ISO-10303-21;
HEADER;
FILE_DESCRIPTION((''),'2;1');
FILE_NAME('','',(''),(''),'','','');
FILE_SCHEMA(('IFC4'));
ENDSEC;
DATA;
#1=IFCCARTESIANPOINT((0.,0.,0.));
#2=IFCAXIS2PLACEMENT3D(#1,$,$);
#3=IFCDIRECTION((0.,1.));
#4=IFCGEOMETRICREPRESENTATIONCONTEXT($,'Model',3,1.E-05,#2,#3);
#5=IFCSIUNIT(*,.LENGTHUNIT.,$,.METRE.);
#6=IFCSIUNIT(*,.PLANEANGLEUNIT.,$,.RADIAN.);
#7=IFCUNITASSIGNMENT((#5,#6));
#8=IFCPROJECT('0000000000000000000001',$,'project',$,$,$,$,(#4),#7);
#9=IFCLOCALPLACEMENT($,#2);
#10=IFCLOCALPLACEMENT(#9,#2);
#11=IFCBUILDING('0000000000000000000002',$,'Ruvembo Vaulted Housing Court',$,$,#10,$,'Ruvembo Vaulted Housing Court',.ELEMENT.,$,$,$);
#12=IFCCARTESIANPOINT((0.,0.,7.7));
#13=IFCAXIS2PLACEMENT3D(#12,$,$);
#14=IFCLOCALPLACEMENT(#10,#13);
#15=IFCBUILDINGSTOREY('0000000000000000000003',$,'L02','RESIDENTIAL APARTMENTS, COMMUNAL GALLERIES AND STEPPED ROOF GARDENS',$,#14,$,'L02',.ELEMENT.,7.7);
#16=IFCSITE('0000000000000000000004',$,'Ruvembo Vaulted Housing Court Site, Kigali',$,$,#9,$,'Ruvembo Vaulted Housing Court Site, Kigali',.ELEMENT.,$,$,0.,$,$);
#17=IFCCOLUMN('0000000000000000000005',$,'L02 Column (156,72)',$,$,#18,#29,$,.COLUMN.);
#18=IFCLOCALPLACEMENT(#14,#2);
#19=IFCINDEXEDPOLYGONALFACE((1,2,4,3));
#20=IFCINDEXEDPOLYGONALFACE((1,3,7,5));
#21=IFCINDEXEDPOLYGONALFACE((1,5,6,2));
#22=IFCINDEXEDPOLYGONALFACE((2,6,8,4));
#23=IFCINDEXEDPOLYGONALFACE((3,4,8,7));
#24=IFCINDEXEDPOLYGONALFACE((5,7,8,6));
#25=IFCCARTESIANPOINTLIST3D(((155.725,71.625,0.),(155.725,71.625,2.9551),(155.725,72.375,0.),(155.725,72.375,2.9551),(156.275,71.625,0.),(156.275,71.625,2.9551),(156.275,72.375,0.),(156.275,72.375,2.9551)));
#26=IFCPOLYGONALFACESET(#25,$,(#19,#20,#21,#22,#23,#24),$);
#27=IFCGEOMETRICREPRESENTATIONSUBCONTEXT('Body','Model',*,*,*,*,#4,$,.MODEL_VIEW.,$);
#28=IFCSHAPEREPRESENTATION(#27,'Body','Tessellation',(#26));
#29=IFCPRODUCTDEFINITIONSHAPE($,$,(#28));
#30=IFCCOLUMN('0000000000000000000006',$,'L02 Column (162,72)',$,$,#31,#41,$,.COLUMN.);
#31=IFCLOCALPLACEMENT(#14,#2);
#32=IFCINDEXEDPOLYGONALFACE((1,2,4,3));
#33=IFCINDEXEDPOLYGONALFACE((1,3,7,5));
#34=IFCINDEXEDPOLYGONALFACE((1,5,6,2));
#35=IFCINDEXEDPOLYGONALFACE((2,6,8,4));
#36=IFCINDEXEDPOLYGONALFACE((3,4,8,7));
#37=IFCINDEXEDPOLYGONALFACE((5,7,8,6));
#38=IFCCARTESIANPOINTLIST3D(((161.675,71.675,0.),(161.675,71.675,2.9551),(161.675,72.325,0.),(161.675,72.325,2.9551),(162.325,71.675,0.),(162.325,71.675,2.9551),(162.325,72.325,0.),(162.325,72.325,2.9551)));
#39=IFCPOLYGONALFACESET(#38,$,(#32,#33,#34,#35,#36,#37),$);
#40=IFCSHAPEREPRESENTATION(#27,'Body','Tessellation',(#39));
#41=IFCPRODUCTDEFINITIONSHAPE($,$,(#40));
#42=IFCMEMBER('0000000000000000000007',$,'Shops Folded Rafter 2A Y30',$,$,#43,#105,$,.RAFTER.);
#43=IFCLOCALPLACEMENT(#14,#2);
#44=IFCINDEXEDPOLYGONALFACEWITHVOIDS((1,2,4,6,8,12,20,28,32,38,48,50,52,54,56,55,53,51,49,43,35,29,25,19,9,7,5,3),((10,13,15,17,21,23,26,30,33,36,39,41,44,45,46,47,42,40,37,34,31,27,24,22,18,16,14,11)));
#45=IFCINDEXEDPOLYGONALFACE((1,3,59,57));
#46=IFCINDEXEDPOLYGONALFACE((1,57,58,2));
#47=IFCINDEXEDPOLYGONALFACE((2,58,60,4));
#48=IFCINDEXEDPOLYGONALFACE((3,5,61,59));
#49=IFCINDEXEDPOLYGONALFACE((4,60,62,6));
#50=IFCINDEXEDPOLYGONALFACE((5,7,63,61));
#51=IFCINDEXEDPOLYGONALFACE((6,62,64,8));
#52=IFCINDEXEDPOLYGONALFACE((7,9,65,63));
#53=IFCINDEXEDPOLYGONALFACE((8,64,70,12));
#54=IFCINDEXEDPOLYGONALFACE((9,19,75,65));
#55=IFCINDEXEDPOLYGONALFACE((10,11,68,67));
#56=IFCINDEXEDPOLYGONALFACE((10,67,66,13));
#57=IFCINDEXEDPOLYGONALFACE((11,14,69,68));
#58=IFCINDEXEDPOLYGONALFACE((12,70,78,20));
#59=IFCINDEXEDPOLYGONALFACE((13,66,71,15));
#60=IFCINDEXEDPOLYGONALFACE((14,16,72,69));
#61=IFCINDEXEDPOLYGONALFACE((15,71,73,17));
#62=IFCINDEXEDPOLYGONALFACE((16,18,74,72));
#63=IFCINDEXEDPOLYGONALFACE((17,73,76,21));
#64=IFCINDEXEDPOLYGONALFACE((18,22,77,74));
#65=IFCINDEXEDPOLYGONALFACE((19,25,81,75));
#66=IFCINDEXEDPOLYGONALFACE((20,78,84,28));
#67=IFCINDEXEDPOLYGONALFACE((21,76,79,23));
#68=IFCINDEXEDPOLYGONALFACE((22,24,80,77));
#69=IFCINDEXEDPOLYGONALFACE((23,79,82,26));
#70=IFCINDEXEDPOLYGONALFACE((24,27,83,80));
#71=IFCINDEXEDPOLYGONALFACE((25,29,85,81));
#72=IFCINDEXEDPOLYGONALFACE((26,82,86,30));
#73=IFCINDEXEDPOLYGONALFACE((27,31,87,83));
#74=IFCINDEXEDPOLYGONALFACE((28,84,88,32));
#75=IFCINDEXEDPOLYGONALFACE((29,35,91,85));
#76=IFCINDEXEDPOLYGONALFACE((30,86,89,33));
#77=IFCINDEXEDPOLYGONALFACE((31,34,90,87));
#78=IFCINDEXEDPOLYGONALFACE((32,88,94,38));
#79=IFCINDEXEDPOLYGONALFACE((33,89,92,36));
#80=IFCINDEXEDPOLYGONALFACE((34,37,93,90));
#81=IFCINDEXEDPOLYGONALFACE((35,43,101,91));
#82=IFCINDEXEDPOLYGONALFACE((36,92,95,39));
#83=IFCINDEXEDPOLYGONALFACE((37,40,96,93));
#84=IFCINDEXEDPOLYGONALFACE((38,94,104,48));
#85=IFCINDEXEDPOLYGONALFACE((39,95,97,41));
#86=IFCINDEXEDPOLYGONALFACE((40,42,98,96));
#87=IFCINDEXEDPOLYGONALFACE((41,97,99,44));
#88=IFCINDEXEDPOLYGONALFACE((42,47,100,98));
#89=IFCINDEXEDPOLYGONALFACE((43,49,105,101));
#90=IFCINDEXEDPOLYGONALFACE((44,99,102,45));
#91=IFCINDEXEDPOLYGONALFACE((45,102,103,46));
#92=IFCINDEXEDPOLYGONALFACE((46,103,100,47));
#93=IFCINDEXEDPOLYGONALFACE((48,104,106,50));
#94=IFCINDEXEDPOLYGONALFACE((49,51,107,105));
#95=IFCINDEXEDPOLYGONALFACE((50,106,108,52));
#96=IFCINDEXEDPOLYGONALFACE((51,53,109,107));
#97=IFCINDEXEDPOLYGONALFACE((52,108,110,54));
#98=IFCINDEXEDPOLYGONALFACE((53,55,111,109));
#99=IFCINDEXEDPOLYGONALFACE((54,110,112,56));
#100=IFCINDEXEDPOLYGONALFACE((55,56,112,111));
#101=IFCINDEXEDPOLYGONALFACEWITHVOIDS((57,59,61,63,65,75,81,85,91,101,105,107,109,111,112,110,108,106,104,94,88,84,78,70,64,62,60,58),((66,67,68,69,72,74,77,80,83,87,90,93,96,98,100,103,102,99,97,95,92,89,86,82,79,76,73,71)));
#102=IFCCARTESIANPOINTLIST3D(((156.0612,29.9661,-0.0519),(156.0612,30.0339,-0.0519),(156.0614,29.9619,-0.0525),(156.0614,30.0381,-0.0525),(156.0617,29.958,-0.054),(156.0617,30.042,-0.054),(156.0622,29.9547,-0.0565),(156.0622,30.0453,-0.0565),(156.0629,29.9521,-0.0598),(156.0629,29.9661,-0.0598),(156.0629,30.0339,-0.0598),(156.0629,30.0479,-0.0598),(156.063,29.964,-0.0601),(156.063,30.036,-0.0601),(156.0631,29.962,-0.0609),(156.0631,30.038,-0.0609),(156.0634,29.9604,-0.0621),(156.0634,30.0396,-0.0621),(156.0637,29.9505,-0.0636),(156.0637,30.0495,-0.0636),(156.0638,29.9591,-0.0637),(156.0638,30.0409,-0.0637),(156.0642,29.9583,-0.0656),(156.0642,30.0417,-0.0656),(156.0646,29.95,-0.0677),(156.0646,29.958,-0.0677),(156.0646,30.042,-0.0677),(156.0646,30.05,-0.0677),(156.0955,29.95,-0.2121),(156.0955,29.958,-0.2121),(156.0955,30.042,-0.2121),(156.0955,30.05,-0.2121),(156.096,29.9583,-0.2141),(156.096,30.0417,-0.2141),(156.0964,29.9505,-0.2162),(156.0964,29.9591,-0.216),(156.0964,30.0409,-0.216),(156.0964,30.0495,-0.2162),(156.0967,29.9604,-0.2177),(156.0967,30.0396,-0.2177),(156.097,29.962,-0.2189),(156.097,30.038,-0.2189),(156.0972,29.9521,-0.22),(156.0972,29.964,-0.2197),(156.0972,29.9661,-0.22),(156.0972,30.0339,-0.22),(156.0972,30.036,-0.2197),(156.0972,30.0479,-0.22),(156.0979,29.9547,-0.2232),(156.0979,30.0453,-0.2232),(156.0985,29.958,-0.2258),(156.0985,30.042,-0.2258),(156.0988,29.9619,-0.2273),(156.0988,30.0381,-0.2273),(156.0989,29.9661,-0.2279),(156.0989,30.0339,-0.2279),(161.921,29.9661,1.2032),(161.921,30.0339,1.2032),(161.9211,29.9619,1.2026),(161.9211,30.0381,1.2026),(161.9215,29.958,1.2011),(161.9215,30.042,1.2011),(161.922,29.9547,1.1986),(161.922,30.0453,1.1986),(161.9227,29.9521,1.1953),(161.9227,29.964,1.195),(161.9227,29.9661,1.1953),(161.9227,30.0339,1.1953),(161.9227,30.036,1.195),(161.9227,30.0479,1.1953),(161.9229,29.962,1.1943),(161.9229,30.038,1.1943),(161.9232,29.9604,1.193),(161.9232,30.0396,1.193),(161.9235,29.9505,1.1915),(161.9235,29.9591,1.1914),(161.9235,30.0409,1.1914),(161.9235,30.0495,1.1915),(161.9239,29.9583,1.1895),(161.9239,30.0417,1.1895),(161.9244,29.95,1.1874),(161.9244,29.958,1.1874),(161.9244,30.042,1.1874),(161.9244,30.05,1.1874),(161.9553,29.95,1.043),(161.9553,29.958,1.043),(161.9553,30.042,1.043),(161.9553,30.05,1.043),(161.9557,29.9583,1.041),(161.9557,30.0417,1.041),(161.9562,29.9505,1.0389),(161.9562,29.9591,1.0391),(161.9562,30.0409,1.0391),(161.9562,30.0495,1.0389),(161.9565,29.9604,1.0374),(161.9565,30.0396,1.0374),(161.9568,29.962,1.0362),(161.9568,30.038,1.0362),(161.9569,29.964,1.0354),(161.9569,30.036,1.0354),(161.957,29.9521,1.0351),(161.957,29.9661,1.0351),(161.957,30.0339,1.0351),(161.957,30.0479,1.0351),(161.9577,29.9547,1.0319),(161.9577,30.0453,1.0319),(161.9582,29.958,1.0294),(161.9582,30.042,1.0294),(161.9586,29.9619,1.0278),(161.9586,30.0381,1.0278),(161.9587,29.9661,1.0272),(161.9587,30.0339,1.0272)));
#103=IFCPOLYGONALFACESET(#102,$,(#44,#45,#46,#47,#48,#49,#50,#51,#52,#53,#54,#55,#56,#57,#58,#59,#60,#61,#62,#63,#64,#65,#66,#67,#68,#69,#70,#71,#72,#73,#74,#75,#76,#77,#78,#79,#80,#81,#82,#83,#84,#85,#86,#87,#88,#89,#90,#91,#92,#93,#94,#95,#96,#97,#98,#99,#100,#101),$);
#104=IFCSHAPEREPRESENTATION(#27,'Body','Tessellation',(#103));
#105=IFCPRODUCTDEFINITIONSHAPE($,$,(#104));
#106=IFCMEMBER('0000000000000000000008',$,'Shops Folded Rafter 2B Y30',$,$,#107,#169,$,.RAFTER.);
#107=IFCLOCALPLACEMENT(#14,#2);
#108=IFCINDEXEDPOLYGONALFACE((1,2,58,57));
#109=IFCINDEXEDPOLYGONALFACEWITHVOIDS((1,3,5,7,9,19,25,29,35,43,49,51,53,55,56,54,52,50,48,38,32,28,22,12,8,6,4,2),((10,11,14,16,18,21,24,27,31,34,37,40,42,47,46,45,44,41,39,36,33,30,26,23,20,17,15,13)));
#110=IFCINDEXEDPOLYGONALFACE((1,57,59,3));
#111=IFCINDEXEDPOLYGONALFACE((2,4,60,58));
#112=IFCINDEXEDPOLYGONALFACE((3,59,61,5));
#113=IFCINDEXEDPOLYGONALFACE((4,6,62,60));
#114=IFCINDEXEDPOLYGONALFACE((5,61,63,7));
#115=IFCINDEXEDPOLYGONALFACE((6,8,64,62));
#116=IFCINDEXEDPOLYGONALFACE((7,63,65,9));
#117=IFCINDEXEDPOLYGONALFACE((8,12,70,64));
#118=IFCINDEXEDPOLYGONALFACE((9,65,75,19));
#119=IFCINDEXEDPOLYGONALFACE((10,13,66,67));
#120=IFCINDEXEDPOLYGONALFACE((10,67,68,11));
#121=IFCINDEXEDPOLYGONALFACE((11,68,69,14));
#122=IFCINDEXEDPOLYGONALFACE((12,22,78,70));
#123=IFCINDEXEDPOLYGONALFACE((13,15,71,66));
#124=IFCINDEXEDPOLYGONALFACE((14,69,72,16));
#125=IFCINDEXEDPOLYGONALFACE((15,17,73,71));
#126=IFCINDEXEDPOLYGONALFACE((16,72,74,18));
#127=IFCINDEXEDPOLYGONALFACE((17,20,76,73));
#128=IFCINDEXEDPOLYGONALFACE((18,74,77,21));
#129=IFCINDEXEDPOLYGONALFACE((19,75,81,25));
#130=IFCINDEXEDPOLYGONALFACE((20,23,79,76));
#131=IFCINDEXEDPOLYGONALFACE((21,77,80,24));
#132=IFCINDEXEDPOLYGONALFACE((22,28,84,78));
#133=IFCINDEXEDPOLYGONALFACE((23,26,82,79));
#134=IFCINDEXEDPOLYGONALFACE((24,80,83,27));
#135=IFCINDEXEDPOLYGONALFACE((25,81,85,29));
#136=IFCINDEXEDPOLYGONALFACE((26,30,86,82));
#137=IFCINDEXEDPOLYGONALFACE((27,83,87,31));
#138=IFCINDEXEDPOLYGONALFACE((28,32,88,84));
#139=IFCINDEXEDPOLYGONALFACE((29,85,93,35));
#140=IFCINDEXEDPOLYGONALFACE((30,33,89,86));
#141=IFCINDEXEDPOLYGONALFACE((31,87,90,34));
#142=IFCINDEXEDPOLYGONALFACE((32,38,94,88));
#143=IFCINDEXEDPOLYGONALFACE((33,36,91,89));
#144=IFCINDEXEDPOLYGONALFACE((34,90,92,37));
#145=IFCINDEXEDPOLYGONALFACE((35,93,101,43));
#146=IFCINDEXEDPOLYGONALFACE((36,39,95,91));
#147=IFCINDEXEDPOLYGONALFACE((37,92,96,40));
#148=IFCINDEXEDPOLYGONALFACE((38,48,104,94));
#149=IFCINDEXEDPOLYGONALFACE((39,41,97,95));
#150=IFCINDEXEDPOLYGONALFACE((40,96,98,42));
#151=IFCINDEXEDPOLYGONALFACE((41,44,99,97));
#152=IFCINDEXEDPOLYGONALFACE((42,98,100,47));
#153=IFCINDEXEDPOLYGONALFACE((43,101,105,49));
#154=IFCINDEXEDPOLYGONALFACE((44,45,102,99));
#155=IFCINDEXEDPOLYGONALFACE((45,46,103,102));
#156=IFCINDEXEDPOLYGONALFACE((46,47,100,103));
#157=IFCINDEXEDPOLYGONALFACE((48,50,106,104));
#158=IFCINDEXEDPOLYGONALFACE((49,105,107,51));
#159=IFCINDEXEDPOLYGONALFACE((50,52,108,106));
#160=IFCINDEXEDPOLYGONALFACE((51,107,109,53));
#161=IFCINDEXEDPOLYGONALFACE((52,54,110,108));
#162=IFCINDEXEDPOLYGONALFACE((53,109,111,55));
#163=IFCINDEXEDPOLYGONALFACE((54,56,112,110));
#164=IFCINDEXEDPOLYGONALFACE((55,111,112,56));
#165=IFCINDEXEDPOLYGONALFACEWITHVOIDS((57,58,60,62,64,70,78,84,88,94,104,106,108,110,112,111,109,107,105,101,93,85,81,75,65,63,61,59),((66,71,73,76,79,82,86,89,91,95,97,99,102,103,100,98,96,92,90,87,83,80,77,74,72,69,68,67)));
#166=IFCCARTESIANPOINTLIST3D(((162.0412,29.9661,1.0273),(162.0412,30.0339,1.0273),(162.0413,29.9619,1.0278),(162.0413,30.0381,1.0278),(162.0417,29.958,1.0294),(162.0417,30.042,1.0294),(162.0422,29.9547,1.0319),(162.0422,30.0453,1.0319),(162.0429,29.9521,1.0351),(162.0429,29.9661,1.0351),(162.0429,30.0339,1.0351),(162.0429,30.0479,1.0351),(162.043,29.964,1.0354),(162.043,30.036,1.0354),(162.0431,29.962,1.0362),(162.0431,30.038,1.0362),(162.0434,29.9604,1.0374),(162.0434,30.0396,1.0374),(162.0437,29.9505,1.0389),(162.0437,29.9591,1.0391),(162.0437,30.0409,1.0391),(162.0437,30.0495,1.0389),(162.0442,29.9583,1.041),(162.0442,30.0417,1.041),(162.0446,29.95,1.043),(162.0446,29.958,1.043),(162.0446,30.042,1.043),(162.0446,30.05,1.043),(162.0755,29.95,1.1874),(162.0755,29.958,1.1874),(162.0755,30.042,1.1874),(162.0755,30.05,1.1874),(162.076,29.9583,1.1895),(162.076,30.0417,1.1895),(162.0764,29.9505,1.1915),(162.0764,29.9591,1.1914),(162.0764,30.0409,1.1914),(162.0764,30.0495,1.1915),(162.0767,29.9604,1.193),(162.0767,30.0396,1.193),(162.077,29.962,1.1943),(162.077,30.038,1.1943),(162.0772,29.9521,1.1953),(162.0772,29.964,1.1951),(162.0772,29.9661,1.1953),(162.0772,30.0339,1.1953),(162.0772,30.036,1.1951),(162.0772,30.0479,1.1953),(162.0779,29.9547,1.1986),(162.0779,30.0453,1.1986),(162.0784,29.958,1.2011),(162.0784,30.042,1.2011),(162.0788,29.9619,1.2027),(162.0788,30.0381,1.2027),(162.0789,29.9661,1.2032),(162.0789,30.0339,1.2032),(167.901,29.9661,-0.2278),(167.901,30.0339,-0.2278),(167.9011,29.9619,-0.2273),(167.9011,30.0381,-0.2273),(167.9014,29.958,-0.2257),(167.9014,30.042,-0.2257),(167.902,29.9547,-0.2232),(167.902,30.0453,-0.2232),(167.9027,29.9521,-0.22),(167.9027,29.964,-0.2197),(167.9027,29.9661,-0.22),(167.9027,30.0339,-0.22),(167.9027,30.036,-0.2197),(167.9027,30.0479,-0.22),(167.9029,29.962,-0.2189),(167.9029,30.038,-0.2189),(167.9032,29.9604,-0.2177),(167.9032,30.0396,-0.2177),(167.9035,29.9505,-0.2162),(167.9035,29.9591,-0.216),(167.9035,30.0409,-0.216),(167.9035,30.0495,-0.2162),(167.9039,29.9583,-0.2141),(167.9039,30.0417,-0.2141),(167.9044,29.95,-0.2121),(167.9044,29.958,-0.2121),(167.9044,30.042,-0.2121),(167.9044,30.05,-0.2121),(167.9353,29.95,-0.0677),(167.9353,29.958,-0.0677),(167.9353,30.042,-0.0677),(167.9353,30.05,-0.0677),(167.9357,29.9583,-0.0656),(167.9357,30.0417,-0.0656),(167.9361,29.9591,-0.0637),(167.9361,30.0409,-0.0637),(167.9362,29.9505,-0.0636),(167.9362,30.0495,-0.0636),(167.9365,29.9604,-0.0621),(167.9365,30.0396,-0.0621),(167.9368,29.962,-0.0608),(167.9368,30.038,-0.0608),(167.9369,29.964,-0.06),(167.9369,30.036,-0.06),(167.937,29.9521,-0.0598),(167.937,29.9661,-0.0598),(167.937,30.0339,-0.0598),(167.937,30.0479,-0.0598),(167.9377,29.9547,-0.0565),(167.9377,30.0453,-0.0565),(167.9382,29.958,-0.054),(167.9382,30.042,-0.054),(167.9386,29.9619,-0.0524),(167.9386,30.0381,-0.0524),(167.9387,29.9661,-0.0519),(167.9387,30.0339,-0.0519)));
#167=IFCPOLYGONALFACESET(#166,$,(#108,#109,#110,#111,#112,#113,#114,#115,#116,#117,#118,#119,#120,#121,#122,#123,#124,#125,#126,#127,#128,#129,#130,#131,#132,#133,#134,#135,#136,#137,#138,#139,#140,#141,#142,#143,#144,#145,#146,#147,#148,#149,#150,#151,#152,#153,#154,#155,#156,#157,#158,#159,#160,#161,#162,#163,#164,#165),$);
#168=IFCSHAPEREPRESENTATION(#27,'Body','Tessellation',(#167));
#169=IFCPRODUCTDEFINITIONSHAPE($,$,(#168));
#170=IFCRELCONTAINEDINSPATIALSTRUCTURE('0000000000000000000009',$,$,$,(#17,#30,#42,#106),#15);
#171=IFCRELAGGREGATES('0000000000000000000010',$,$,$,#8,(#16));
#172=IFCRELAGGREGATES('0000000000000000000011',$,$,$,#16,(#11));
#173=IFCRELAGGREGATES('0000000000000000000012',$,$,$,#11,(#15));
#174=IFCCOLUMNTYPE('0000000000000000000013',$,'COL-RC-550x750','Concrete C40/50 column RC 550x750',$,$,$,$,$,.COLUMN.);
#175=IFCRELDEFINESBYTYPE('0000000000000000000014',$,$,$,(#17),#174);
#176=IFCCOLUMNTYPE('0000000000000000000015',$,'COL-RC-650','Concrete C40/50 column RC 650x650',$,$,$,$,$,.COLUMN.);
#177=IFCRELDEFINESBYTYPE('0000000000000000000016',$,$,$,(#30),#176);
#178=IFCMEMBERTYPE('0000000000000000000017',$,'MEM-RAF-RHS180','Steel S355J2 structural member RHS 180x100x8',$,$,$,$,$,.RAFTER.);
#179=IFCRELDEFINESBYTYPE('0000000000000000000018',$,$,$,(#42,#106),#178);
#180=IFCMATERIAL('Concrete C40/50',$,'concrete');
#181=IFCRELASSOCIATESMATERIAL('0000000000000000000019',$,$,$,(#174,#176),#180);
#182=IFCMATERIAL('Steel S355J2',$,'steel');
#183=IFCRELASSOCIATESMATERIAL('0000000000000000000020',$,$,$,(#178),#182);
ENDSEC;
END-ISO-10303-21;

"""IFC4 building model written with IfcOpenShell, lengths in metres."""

from ifc_helpers import new_model, si_unit, direction, frame, origin, origin_2d, place, context, subcontext, project, spatial, rectangle, hollow_rectangle, extrude, material, material_profile, profile_set, type_object, element, save


model = new_model("IFC4")

# Units and contexts
model_context = context("Model", 3, precision=1e-05, world=origin(), true_north=direction((0.0, 1.0)))
body_context = subcontext(model_context, "Body", "Model", "MODEL_VIEW")
ifc_project = project(units=[si_unit("LENGTHUNIT", "METRE"), si_unit("PLANEANGLEUNIT", "RADIAN")], contexts=[model_context])

# Site, building, storey
site_placement = place(None, origin())
site = spatial("IfcSite", under=ifc_project, at=site_placement, Name="Ruvembo Vaulted Housing Court Site, Kigali", LongName="Ruvembo Vaulted Housing Court Site, Kigali", CompositionType="ELEMENT", RefElevation=0.0)
building_placement = place(site_placement, origin())
building = spatial("IfcBuilding", under=site, at=building_placement, Name="Ruvembo Vaulted Housing Court", LongName="Ruvembo Vaulted Housing Court", CompositionType="ELEMENT")
storey_placement = place(building_placement, frame((0.0, 0.0, 7.7)))
storey = spatial("IfcBuildingStorey", under=building, at=storey_placement, Name="L02", Description="RESIDENTIAL APARTMENTS, COMMUNAL GALLERIES AND STEPPED ROOF GARDENS", LongName="L02", CompositionType="ELEMENT", Elevation=7.7)

# Columns
ifc_material_1 = material(Name="Concrete C40/50", Category="concrete")
ifc_material_profile_1 = material_profile(ifc_material_1, rectangle(XDim=0.55, YDim=0.75, at=origin_2d()), Name="RC 550x750")
ifc_profile_set_1 = profile_set([ifc_material_profile_1], Name="Concrete C40/50")
column_type_1 = type_object("IfcColumnType", Name="COL-RC-550x750", Description="Concrete C40/50 column RC 550x750", PredefinedType="COLUMN", material=ifc_profile_set_1)
column_1_placement = place(storey_placement, frame((156.0, 72.0, 0.0), z_axis=(0.0, 0.0, 1.0), x_axis=(1.0, 0.0, 0.0)))
element("IfcColumn", 1, at=column_1_placement, inside=storey, type_object=column_type_1, Name="L02 Column (156,72)", PredefinedType="COLUMN", context=body_context, shape_type="SweptSolid", body=[
    extrude(rectangle(XDim=0.55, YDim=0.75, at=origin_2d()), origin(), (0.0, 0.0, 1.0), 2.9551),
])
ifc_material_profile_2 = material_profile(ifc_material_1, rectangle(XDim=0.6499, YDim=0.6499, at=origin_2d()), Name="RC 650x650")
ifc_profile_set_2 = profile_set([ifc_material_profile_2], Name="Concrete C40/50")
column_type_2 = type_object("IfcColumnType", Name="COL-RC-650", Description="Concrete C40/50 column RC 650x650", PredefinedType="COLUMN", material=ifc_profile_set_2)
column_2_placement = place(storey_placement, frame((162.0, 72.0, 0.0), z_axis=(0.0, 0.0, 1.0), x_axis=(1.0, 0.0, 0.0)))
element("IfcColumn", 2, at=column_2_placement, inside=storey, type_object=column_type_2, Name="L02 Column (162,72)", PredefinedType="COLUMN", context=body_context, shape_type="SweptSolid", body=[
    extrude(rectangle(XDim=0.6499, YDim=0.6499, at=origin_2d()), origin(), (0.0, 0.0, 1.0), 2.9551),
])

# Members
ifc_material_2 = material(Name="Steel S355J2", Category="steel")
ifc_material_profile_3 = material_profile(ifc_material_2, hollow_rectangle(XDim=0.1001, YDim=0.1799, WallThickness=0.0081, InnerFilletRadius=0.0081, OuterFilletRadius=0.0161, at=origin_2d()), Name="RHS 180x100x8")
ifc_profile_set_3 = profile_set([ifc_material_profile_3], Name="Steel S355J2")
member_type = type_object("IfcMemberType", Name="MEM-RAF-RHS180", Description="Steel S355J2 structural member RHS 180x100x8", PredefinedType="RAFTER", material=ifc_profile_set_3)
for number, where, z_axis, x_axis, name in (
    (3, (156.0801, 30.0, -0.1399), (0.977821, 0.0, 0.20944), (0.0, 1.0, 0.0), "Shops Folded Rafter 2A Y30"),
    (4, (162.0601, 30.0, 1.1152), (0.977821, 0.0, -0.20944), (0.0, 1.0, 0.0), "Shops Folded Rafter 2B Y30"),
):
    element("IfcMember", number, at=place(storey_placement, frame(where, z_axis=z_axis, x_axis=x_axis)), inside=storey, type_object=member_type, Name=name, PredefinedType="RAFTER", context=body_context, shape_type="SweptSolid", body=[
        extrude(hollow_rectangle(XDim=0.1001, YDim=0.1799, WallThickness=0.0081, InnerFilletRadius=0.0081, OuterFilletRadius=0.0161, at=origin_2d()), origin(), (0.0, 0.0, 1.0), 5.9927),
    ])

save(model, "model.ifc")
